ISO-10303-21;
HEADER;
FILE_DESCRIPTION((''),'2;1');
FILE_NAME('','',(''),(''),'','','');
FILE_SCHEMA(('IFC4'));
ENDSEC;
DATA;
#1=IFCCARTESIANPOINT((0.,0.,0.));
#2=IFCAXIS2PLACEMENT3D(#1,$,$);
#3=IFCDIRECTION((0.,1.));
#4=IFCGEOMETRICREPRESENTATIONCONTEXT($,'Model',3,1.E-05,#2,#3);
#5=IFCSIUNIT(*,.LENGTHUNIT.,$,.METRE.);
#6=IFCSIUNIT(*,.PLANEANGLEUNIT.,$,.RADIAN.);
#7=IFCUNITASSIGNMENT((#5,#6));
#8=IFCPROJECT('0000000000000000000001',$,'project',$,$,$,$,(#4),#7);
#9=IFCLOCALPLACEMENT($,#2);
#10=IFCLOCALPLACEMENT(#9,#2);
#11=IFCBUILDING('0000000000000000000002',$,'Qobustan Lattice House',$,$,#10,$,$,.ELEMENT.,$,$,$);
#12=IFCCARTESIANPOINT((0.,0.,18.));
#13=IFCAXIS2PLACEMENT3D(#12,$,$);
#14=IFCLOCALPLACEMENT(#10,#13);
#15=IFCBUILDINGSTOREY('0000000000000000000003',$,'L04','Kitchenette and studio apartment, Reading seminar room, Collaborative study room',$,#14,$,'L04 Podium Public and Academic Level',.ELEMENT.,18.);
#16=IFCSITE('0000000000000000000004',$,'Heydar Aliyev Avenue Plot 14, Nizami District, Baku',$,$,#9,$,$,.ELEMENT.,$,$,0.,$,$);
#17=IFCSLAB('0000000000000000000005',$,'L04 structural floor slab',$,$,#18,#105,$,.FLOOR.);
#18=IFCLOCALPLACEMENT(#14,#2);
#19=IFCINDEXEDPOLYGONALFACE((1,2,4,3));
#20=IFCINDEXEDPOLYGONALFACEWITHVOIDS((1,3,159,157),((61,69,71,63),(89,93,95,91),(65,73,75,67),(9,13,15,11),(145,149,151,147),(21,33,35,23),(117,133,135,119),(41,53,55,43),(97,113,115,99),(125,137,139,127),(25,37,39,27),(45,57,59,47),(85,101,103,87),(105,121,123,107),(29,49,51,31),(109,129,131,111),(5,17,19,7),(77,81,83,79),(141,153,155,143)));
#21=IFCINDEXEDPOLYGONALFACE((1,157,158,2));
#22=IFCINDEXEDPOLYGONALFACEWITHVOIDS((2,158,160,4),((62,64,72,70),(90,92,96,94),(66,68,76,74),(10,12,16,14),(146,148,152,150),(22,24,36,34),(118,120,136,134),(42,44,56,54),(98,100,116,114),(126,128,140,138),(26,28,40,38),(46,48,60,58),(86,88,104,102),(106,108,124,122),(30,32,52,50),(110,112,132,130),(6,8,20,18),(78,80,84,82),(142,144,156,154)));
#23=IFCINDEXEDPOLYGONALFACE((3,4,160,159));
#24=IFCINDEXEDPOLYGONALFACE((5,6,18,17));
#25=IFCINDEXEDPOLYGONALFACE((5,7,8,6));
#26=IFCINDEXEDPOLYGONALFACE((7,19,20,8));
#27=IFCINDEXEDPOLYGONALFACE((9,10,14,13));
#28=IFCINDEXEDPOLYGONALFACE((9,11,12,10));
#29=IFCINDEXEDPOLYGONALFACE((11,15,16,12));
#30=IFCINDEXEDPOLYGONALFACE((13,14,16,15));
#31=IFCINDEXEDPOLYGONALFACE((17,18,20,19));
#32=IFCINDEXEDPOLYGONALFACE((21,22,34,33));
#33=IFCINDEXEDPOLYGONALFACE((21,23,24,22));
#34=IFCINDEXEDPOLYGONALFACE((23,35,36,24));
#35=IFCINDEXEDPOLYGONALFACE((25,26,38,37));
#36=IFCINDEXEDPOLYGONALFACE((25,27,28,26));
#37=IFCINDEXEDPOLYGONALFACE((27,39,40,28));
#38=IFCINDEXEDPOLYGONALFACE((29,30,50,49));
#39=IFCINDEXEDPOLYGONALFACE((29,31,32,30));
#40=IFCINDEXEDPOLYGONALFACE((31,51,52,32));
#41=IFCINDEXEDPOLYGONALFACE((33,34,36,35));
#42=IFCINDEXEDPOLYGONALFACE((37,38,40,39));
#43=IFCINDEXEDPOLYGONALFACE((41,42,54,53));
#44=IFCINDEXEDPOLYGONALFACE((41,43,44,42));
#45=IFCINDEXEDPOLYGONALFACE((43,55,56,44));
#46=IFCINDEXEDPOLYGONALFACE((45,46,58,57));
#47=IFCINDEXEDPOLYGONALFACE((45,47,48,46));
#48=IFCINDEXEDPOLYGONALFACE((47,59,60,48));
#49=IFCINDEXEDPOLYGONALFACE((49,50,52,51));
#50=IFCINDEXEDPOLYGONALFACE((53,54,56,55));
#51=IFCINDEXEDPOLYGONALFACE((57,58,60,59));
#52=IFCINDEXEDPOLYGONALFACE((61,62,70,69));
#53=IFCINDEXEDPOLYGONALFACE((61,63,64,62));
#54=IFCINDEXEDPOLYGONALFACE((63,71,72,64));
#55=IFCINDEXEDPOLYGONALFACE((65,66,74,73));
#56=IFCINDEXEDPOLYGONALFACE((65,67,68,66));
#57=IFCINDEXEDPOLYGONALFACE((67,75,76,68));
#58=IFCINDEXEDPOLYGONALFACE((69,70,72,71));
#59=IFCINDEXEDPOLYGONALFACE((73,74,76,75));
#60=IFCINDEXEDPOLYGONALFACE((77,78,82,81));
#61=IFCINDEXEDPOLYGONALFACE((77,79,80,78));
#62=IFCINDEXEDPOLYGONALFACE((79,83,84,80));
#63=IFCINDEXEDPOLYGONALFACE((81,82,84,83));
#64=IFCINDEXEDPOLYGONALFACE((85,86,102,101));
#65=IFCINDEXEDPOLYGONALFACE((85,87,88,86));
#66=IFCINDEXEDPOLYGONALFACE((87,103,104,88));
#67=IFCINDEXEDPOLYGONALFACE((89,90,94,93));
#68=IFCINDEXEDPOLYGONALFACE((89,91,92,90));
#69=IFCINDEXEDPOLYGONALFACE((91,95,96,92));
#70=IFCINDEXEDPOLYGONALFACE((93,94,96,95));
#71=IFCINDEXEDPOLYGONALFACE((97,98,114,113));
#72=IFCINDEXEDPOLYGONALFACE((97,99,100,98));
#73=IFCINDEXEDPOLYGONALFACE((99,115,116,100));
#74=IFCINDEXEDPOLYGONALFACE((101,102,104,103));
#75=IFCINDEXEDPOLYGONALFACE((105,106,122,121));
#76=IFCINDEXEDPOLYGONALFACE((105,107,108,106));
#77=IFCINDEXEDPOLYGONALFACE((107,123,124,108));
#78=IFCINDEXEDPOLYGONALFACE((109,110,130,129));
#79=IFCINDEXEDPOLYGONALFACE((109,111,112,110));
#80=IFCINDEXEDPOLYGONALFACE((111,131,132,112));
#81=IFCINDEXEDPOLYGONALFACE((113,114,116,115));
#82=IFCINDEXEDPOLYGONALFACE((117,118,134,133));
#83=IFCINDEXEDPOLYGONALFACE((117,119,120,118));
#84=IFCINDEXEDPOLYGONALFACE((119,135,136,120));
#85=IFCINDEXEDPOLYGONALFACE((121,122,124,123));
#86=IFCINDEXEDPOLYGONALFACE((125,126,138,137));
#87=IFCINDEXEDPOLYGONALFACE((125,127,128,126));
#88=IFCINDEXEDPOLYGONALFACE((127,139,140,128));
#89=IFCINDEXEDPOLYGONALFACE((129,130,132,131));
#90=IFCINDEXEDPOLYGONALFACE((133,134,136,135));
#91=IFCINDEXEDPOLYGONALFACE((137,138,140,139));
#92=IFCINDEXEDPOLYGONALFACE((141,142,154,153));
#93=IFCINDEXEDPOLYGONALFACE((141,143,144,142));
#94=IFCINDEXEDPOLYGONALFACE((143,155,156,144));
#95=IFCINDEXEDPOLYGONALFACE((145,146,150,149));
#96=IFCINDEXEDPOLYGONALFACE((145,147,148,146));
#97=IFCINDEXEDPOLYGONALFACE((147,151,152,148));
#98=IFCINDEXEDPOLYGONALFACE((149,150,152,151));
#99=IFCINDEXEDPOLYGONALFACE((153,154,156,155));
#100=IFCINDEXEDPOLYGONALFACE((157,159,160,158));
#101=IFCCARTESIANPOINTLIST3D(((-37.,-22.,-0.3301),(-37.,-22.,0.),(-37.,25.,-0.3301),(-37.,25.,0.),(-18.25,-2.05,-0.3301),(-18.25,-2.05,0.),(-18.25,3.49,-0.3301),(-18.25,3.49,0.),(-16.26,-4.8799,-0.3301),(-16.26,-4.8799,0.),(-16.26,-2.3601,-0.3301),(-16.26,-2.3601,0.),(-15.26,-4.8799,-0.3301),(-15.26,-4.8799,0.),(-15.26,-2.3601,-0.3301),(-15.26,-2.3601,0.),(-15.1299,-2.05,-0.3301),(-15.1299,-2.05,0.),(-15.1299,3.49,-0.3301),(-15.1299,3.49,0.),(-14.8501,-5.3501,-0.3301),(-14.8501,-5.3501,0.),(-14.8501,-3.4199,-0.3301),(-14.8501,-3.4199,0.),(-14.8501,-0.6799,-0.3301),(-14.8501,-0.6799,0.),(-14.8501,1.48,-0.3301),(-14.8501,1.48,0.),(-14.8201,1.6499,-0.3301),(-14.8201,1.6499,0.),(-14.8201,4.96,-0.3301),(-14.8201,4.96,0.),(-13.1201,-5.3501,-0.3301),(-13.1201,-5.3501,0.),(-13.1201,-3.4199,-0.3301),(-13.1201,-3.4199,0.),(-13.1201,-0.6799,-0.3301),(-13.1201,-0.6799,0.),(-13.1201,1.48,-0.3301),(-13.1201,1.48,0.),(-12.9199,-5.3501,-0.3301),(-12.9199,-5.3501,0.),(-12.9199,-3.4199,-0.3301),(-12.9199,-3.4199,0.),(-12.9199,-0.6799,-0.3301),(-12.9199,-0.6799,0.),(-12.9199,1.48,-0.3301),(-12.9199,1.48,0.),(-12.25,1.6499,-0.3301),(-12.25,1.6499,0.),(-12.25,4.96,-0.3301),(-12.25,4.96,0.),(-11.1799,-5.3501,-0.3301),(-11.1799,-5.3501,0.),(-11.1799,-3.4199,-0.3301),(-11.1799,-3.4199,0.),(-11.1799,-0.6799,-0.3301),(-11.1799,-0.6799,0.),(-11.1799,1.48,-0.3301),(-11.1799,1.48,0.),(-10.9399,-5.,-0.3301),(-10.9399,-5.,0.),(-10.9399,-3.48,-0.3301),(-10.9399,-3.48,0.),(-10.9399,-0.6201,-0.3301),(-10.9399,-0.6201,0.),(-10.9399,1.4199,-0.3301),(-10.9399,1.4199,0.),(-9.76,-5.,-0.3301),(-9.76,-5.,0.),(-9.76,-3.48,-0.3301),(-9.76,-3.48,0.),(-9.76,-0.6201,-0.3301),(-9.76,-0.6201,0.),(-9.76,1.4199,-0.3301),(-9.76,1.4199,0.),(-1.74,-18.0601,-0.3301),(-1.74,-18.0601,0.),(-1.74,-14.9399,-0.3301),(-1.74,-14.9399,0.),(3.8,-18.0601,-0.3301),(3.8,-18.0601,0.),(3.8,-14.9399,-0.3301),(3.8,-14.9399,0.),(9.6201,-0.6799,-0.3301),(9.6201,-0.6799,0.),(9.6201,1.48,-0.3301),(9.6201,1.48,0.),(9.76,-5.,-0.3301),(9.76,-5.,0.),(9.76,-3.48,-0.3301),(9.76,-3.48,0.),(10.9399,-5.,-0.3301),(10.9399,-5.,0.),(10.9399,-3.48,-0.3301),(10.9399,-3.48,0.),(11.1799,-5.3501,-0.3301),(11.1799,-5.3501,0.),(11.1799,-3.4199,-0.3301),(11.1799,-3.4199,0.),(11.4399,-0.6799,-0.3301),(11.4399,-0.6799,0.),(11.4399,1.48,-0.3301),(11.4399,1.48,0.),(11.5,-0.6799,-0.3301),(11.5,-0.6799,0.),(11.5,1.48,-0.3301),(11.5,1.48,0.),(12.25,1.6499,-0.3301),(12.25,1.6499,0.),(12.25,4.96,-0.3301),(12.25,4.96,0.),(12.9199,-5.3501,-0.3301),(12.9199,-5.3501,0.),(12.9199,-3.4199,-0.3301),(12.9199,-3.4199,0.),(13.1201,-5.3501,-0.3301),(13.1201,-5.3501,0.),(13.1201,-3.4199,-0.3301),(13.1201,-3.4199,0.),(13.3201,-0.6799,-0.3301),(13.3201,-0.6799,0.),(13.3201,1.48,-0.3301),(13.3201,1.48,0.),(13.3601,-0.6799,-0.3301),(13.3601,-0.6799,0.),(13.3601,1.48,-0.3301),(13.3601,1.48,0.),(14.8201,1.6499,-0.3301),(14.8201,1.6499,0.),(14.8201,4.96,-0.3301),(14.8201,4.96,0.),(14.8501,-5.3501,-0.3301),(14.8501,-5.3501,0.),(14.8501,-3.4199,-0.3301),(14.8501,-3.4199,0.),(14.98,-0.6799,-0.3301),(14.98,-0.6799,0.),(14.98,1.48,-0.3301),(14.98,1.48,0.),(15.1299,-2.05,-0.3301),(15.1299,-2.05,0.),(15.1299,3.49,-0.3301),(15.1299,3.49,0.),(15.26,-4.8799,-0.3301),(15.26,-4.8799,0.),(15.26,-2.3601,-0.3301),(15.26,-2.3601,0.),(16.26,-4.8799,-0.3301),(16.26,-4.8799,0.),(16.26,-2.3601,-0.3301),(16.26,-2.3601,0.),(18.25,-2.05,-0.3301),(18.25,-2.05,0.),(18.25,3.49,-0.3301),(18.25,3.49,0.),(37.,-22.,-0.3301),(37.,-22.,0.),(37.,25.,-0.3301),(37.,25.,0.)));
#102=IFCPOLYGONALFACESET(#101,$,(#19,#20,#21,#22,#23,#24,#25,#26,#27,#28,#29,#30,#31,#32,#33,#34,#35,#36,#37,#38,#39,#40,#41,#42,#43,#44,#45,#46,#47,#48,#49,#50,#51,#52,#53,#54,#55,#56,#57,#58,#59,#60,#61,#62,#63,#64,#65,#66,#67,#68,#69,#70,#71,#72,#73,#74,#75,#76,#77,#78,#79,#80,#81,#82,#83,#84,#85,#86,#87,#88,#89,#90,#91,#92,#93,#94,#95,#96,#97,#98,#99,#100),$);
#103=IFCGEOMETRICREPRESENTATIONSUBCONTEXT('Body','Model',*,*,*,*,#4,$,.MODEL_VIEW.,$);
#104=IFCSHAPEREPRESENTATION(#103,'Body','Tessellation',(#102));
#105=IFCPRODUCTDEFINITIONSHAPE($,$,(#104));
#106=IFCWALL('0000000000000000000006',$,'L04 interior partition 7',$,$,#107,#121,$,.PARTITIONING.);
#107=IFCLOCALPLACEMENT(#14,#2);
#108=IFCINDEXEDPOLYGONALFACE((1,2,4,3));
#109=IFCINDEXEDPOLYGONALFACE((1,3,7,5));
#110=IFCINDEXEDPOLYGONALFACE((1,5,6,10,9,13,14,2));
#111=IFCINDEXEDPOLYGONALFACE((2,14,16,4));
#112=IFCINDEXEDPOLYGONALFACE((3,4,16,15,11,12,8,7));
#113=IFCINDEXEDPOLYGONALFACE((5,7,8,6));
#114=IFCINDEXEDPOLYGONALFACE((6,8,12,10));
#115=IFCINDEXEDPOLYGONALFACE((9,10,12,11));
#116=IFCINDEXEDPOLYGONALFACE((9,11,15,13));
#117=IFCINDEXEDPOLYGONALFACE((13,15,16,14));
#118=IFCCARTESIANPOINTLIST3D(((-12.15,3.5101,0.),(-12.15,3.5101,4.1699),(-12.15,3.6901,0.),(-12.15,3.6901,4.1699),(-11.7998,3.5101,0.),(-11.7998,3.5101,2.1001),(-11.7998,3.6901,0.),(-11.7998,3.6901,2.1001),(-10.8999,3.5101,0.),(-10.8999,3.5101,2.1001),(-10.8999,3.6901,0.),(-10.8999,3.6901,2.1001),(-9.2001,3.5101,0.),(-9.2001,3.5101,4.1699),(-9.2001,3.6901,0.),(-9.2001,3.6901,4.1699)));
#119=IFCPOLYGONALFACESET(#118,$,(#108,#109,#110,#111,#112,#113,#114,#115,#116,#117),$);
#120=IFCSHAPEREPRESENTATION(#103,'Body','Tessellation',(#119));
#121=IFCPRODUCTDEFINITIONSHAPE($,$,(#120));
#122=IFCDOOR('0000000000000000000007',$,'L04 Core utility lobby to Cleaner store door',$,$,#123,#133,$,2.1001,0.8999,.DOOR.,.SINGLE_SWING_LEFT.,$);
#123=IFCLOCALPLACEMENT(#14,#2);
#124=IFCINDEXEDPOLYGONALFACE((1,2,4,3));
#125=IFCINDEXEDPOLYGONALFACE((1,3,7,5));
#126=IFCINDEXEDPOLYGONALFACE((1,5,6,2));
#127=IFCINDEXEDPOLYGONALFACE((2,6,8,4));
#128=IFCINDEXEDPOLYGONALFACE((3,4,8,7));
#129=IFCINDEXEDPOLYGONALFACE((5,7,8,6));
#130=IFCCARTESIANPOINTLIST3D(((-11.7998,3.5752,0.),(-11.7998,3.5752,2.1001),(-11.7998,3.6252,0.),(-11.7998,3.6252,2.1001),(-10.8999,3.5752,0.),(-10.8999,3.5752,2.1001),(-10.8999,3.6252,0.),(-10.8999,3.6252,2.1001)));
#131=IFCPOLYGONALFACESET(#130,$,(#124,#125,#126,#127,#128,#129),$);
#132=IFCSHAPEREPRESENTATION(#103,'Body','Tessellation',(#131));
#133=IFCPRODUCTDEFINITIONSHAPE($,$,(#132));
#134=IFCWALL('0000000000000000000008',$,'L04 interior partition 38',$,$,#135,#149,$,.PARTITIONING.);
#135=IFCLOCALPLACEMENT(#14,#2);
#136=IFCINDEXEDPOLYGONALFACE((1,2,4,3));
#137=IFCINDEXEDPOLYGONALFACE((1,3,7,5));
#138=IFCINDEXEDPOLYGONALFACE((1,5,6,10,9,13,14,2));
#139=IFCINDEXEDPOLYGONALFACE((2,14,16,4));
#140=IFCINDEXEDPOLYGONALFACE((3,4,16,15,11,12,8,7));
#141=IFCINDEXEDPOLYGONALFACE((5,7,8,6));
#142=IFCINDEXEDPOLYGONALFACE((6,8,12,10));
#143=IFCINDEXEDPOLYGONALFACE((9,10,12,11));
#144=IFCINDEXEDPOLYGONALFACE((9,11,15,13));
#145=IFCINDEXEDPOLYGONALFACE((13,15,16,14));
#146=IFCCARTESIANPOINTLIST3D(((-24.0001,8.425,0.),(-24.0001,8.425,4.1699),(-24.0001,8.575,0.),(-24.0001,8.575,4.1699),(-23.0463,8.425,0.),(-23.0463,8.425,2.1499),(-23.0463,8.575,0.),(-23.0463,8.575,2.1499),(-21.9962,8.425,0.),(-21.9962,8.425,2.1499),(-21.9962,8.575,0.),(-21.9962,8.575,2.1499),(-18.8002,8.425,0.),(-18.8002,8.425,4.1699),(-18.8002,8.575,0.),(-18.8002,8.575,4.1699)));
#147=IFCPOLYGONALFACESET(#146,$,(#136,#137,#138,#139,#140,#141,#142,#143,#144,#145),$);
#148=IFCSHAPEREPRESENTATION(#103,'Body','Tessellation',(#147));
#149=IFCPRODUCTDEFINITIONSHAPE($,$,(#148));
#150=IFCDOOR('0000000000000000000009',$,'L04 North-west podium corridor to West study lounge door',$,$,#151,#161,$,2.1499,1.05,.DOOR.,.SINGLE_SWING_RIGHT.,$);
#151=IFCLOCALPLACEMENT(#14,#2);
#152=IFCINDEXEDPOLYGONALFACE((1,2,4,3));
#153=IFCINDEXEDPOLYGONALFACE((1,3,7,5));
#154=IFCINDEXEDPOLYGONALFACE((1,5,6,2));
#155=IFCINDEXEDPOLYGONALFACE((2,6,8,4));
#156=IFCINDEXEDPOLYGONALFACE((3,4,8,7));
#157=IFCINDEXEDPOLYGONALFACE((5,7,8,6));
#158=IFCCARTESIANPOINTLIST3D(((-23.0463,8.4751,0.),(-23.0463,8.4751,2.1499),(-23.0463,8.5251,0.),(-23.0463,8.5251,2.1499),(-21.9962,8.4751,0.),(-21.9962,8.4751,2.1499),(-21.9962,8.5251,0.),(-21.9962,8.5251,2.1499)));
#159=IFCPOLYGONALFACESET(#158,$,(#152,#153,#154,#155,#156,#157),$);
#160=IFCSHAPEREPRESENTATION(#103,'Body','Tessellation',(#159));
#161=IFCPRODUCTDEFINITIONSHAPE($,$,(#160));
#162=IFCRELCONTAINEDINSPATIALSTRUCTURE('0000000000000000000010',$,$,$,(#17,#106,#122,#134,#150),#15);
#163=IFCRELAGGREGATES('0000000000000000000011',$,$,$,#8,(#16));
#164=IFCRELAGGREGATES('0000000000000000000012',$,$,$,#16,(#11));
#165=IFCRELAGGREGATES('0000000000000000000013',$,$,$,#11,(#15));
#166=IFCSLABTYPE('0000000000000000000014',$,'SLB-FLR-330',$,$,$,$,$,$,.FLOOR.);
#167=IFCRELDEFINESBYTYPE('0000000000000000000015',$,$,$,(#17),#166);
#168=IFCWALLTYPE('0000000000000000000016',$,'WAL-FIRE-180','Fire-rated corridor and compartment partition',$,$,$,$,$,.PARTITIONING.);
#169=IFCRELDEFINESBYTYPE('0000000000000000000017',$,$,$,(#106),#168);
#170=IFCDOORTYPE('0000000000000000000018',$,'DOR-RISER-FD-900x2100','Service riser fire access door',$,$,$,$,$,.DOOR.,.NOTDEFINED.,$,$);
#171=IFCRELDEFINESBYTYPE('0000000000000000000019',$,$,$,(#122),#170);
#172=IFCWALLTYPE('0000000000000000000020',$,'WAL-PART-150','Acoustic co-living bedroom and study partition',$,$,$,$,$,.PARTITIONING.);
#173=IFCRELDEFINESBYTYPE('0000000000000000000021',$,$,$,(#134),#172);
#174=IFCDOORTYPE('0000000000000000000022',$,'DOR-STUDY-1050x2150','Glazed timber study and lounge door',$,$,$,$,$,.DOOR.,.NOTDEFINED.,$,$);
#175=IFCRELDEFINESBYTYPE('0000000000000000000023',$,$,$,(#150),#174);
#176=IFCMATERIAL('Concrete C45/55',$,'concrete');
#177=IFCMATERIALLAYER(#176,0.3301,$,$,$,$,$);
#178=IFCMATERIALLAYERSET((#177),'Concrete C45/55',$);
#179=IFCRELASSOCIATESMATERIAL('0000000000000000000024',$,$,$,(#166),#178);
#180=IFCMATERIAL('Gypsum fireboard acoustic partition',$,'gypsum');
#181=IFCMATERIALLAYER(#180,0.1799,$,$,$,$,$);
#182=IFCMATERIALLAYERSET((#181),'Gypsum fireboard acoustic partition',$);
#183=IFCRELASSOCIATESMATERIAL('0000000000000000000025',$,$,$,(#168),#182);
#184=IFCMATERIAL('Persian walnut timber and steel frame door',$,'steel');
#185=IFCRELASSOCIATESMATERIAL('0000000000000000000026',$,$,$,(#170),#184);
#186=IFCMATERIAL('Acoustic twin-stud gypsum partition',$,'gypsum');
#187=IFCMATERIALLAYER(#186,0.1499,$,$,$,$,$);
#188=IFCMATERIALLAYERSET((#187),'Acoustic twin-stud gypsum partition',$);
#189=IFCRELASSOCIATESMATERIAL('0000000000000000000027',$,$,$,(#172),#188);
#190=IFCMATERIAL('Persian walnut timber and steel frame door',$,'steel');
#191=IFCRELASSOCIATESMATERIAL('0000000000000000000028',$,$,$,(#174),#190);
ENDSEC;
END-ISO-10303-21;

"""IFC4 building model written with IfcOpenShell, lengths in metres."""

from ifc_helpers import new_model, si_unit, direction, frame, frame_2d, origin, place, context, subcontext, project, spatial, polyline, rectangle, outline, extrude, material, layer, layer_set, type_object, element, fill, save


model = new_model("IFC4")

# Units and contexts
model_context = context("Model", 3, precision=1e-05, world=origin(), true_north=direction((0.0, 1.0)))
body_context = subcontext(model_context, "Body", "Model", "MODEL_VIEW")
ifc_project = project(units=[si_unit("LENGTHUNIT", "METRE"), si_unit("PLANEANGLEUNIT", "RADIAN")], contexts=[model_context])

# Site, building, storey
site_placement = place(None, origin())
site = spatial("IfcSite", under=ifc_project, at=site_placement, Name="Heydar Aliyev Avenue Plot 14, Nizami District, Baku", CompositionType="ELEMENT", RefElevation=0.0)
building_placement = place(site_placement, origin())
building = spatial("IfcBuilding", under=site, at=building_placement, Name="Qobustan Lattice House", CompositionType="ELEMENT")
storey_placement = place(building_placement, frame((0.0, 0.0, 18.0)))
storey = spatial("IfcBuildingStorey", under=building, at=storey_placement, Name="L04", Description="Kitchenette and studio apartment, Reading seminar room, Collaborative study room", LongName="L04 Podium Public and Academic Level", CompositionType="ELEMENT", Elevation=18.0)

# Slab
ifc_material_1 = material(Name="Concrete C45/55", Category="concrete")
ifc_layer_1 = layer(ifc_material_1, 0.3301)
ifc_layer_set_1 = layer_set([ifc_layer_1], Name="Concrete C45/55")
slab_type = type_object("IfcSlabType", Name="SLB-FLR-330", PredefinedType="FLOOR", material=ifc_layer_set_1)
slab_placement = place(storey_placement, frame((0.0, 0.0, -0.3301)))
element("IfcSlab", 1, at=slab_placement, inside=storey, type_object=slab_type, Name="L04 structural floor slab", PredefinedType="FLOOR", context=body_context, shape_type="SweptSolid", body=[
    extrude(outline(polyline([(-37.0, -22.0), (37.0, -22.0), (37.0, 25.0), (-37.0, 25.0), (-37.0, -22.0)]), holes=[polyline([(-18.25, -2.05), (-18.25, 3.49), (-15.1299, 3.49), (-15.1299, -2.05), (-18.25, -2.05)]), polyline([(15.1299, -2.05), (15.1299, 3.49), (18.25, 3.49), (18.25, -2.05), (15.1299, -2.05)]), polyline([(-14.8201, 1.6499), (-14.8201, 4.96), (-12.25, 4.96), (-12.25, 1.6499), (-14.8201, 1.6499)]), polyline([(12.25, 1.6499), (12.25, 4.96), (14.8201, 4.96), (14.8201, 1.6499), (12.25, 1.6499)]), polyline([(-16.26, -4.8799), (-16.26, -2.3601), (-15.26, -2.3601), (-15.26, -4.8799), (-16.26, -4.8799)]), polyline([(15.26, -4.8799), (15.26, -2.3601), (16.26, -2.3601), (16.26, -4.8799), (15.26, -4.8799)]), polyline([(-14.8501, -5.3501), (-14.8501, -3.4199), (-13.1201, -3.4199), (-13.1201, -5.3501), (-14.8501, -5.3501)]), polyline([(-12.9199, -5.3501), (-12.9199, -3.4199), (-11.1799, -3.4199), (-11.1799, -5.3501), (-12.9199, -5.3501)]), polyline([(-14.8501, -0.6799), (-14.8501, 1.48), (-13.1201, 1.48), (-13.1201, -0.6799), (-14.8501, -0.6799)]), polyline([(-12.9199, -0.6799), (-12.9199, 1.48), (-11.1799, 1.48), (-11.1799, -0.6799), (-12.9199, -0.6799)]), polyline([(-10.9399, -5.0), (-10.9399, -3.48), (-9.76, -3.48), (-9.76, -5.0), (-10.9399, -5.0)]), polyline([(-10.9399, -0.6201), (-10.9399, 1.4199), (-9.76, 1.4199), (-9.76, -0.6201), (-10.9399, -0.6201)]), polyline([(11.1799, -5.3501), (11.1799, -3.4199), (12.9199, -3.4199), (12.9199, -5.3501), (11.1799, -5.3501)]), polyline([(13.1201, -5.3501), (13.1201, -3.4199), (14.8501, -3.4199), (14.8501, -5.3501), (13.1201, -5.3501)]), polyline([(9.76, -5.0), (9.76, -3.48), (10.9399, -3.48), (10.9399, -5.0), (9.76, -5.0)]), polyline([(13.3601, -0.6799), (13.3601, 1.48), (14.98, 1.48), (14.98, -0.6799), (13.3601, -0.6799)]), polyline([(9.6201, -0.6799), (9.6201, 1.48), (11.4399, 1.48), (11.4399, -0.6799), (9.6201, -0.6799)]), polyline([(11.5, -0.6799), (11.5, 1.48), (13.3201, 1.48), (13.3201, -0.6799), (11.5, -0.6799)]), polyline([(-1.74, -18.0601), (-1.74, -14.9399), (3.8, -14.9399), (3.8, -18.0601), (-1.74, -18.0601)])]), origin(), (0.0, 0.0, 1.0), 0.3301),
])

# Walls, openings, doors
ifc_material_2 = material(Name="Gypsum fireboard acoustic partition", Category="gypsum")
ifc_layer_2 = layer(ifc_material_2, 0.1799)
ifc_layer_set_2 = layer_set([ifc_layer_2], Name="Gypsum fireboard acoustic partition")
wall_type_1 = type_object("IfcWallType", Name="WAL-FIRE-180", Description="Fire-rated corridor and compartment partition", PredefinedType="PARTITIONING", material=ifc_layer_set_2)
wall_1_placement = place(storey_placement, frame((-9.2, 3.6001, 0.0), z_axis=(0.0, 0.0, 1.0), x_axis=(-1.0, 0.0, 0.0)))
wall_1 = element("IfcWall", 2, at=wall_1_placement, inside=storey, type_object=wall_type_1, Name="L04 interior partition 7", PredefinedType="PARTITIONING", context=body_context, shape_type="SweptSolid", body=[
    extrude(rectangle(XDim=2.95, YDim=0.1799, at=frame_2d((1.4751, 0.0))), origin(), (0.0, 0.0, 1.0), 4.1699),
])
opening_1_placement = place(wall_1_placement, frame((1.7, 0.0, 0.0)))
opening_1 = element("IfcOpeningElement", 3, at=opening_1_placement, cuts=wall_1, PredefinedType="OPENING", context=body_context, shape_type="SweptSolid", body=[
    extrude(rectangle(XDim=0.8999, YDim=2.1001, at=frame_2d((0.45, 1.05))), frame((0.0, 0.0999, 0.0), z_axis=(0.0, -1.0, 0.0), x_axis=(1.0, 0.0, 0.0)), (0.0, 0.0, 1.0), 0.2),
])
ifc_material_3 = material(Name="Persian walnut timber and steel frame door", Category="steel")
door_type_1 = type_object("IfcDoorType", Name="DOR-RISER-FD-900x2100", Description="Service riser fire access door", OperationType="NOTDEFINED", PredefinedType="DOOR", material=ifc_material_3)
door_1_placement = place(opening_1_placement, origin())
door_1 = element("IfcDoor", 4, at=door_1_placement, inside=storey, type_object=door_type_1, Name="L04 Core utility lobby to Cleaner store door", OperationType="SINGLE_SWING_LEFT", OverallHeight=2.1001, OverallWidth=0.8999, PredefinedType="DOOR", context=body_context, shape_type="SweptSolid", body=[
    extrude(rectangle(XDim=0.8999, YDim=2.1001, at=frame_2d((0.45, 1.05))), frame((0.0, 0.0249, 0.0), z_axis=(0.0, -1.0, 0.0), x_axis=(1.0, 0.0, 0.0)), (0.0, 0.0, 1.0), 0.05),
])
fill(opening_1, door_1)
ifc_material_4 = material(Name="Acoustic twin-stud gypsum partition", Category="gypsum")
ifc_layer_3 = layer(ifc_material_4, 0.1499)
ifc_layer_set_3 = layer_set([ifc_layer_3], Name="Acoustic twin-stud gypsum partition")
wall_type_2 = type_object("IfcWallType", Name="WAL-PART-150", Description="Acoustic co-living bedroom and study partition", PredefinedType="PARTITIONING", material=ifc_layer_set_3)
wall_2_placement = place(storey_placement, frame((-18.8, 8.5, 0.0), z_axis=(0.0, 0.0, 1.0), x_axis=(-1.0, 0.0, 0.0)))
wall_2 = element("IfcWall", 5, at=wall_2_placement, inside=storey, type_object=wall_type_2, Name="L04 interior partition 38", PredefinedType="PARTITIONING", context=body_context, shape_type="SweptSolid", body=[
    extrude(rectangle(XDim=5.2, YDim=0.1499, at=frame_2d((2.6001, 0.0))), origin(), (0.0, 0.0, 1.0), 4.1699),
])
opening_2_placement = place(wall_2_placement, frame((3.1963, 0.0, 0.0)))
opening_2 = element("IfcOpeningElement", 6, at=opening_2_placement, cuts=wall_2, PredefinedType="OPENING", context=body_context, shape_type="SweptSolid", body=[
    extrude(rectangle(XDim=1.05, YDim=2.1499, at=frame_2d((0.5249, 1.075))), frame((0.0, 0.085, 0.0), z_axis=(0.0, -1.0, 0.0), x_axis=(1.0, 0.0, 0.0)), (0.0, 0.0, 1.0), 0.1699),
])
ifc_material_5 = material(Name="Persian walnut timber and steel frame door", Category="steel")
door_type_2 = type_object("IfcDoorType", Name="DOR-STUDY-1050x2150", Description="Glazed timber study and lounge door", OperationType="NOTDEFINED", PredefinedType="DOOR", material=ifc_material_5)
door_2_placement = place(opening_2_placement, origin())
door_2 = element("IfcDoor", 7, at=door_2_placement, inside=storey, type_object=door_type_2, Name="L04 North-west podium corridor to West study lounge door", OperationType="SINGLE_SWING_RIGHT", OverallHeight=2.1499, OverallWidth=1.05, PredefinedType="DOOR", context=body_context, shape_type="SweptSolid", body=[
    extrude(rectangle(XDim=1.05, YDim=2.1499, at=frame_2d((0.5249, 1.075))), frame((0.0, 0.0249, 0.0), z_axis=(0.0, -1.0, 0.0), x_axis=(1.0, 0.0, 0.0)), (0.0, 0.0, 1.0), 0.05),
])
fill(opening_2, door_2)

save(model, "model.ifc")
